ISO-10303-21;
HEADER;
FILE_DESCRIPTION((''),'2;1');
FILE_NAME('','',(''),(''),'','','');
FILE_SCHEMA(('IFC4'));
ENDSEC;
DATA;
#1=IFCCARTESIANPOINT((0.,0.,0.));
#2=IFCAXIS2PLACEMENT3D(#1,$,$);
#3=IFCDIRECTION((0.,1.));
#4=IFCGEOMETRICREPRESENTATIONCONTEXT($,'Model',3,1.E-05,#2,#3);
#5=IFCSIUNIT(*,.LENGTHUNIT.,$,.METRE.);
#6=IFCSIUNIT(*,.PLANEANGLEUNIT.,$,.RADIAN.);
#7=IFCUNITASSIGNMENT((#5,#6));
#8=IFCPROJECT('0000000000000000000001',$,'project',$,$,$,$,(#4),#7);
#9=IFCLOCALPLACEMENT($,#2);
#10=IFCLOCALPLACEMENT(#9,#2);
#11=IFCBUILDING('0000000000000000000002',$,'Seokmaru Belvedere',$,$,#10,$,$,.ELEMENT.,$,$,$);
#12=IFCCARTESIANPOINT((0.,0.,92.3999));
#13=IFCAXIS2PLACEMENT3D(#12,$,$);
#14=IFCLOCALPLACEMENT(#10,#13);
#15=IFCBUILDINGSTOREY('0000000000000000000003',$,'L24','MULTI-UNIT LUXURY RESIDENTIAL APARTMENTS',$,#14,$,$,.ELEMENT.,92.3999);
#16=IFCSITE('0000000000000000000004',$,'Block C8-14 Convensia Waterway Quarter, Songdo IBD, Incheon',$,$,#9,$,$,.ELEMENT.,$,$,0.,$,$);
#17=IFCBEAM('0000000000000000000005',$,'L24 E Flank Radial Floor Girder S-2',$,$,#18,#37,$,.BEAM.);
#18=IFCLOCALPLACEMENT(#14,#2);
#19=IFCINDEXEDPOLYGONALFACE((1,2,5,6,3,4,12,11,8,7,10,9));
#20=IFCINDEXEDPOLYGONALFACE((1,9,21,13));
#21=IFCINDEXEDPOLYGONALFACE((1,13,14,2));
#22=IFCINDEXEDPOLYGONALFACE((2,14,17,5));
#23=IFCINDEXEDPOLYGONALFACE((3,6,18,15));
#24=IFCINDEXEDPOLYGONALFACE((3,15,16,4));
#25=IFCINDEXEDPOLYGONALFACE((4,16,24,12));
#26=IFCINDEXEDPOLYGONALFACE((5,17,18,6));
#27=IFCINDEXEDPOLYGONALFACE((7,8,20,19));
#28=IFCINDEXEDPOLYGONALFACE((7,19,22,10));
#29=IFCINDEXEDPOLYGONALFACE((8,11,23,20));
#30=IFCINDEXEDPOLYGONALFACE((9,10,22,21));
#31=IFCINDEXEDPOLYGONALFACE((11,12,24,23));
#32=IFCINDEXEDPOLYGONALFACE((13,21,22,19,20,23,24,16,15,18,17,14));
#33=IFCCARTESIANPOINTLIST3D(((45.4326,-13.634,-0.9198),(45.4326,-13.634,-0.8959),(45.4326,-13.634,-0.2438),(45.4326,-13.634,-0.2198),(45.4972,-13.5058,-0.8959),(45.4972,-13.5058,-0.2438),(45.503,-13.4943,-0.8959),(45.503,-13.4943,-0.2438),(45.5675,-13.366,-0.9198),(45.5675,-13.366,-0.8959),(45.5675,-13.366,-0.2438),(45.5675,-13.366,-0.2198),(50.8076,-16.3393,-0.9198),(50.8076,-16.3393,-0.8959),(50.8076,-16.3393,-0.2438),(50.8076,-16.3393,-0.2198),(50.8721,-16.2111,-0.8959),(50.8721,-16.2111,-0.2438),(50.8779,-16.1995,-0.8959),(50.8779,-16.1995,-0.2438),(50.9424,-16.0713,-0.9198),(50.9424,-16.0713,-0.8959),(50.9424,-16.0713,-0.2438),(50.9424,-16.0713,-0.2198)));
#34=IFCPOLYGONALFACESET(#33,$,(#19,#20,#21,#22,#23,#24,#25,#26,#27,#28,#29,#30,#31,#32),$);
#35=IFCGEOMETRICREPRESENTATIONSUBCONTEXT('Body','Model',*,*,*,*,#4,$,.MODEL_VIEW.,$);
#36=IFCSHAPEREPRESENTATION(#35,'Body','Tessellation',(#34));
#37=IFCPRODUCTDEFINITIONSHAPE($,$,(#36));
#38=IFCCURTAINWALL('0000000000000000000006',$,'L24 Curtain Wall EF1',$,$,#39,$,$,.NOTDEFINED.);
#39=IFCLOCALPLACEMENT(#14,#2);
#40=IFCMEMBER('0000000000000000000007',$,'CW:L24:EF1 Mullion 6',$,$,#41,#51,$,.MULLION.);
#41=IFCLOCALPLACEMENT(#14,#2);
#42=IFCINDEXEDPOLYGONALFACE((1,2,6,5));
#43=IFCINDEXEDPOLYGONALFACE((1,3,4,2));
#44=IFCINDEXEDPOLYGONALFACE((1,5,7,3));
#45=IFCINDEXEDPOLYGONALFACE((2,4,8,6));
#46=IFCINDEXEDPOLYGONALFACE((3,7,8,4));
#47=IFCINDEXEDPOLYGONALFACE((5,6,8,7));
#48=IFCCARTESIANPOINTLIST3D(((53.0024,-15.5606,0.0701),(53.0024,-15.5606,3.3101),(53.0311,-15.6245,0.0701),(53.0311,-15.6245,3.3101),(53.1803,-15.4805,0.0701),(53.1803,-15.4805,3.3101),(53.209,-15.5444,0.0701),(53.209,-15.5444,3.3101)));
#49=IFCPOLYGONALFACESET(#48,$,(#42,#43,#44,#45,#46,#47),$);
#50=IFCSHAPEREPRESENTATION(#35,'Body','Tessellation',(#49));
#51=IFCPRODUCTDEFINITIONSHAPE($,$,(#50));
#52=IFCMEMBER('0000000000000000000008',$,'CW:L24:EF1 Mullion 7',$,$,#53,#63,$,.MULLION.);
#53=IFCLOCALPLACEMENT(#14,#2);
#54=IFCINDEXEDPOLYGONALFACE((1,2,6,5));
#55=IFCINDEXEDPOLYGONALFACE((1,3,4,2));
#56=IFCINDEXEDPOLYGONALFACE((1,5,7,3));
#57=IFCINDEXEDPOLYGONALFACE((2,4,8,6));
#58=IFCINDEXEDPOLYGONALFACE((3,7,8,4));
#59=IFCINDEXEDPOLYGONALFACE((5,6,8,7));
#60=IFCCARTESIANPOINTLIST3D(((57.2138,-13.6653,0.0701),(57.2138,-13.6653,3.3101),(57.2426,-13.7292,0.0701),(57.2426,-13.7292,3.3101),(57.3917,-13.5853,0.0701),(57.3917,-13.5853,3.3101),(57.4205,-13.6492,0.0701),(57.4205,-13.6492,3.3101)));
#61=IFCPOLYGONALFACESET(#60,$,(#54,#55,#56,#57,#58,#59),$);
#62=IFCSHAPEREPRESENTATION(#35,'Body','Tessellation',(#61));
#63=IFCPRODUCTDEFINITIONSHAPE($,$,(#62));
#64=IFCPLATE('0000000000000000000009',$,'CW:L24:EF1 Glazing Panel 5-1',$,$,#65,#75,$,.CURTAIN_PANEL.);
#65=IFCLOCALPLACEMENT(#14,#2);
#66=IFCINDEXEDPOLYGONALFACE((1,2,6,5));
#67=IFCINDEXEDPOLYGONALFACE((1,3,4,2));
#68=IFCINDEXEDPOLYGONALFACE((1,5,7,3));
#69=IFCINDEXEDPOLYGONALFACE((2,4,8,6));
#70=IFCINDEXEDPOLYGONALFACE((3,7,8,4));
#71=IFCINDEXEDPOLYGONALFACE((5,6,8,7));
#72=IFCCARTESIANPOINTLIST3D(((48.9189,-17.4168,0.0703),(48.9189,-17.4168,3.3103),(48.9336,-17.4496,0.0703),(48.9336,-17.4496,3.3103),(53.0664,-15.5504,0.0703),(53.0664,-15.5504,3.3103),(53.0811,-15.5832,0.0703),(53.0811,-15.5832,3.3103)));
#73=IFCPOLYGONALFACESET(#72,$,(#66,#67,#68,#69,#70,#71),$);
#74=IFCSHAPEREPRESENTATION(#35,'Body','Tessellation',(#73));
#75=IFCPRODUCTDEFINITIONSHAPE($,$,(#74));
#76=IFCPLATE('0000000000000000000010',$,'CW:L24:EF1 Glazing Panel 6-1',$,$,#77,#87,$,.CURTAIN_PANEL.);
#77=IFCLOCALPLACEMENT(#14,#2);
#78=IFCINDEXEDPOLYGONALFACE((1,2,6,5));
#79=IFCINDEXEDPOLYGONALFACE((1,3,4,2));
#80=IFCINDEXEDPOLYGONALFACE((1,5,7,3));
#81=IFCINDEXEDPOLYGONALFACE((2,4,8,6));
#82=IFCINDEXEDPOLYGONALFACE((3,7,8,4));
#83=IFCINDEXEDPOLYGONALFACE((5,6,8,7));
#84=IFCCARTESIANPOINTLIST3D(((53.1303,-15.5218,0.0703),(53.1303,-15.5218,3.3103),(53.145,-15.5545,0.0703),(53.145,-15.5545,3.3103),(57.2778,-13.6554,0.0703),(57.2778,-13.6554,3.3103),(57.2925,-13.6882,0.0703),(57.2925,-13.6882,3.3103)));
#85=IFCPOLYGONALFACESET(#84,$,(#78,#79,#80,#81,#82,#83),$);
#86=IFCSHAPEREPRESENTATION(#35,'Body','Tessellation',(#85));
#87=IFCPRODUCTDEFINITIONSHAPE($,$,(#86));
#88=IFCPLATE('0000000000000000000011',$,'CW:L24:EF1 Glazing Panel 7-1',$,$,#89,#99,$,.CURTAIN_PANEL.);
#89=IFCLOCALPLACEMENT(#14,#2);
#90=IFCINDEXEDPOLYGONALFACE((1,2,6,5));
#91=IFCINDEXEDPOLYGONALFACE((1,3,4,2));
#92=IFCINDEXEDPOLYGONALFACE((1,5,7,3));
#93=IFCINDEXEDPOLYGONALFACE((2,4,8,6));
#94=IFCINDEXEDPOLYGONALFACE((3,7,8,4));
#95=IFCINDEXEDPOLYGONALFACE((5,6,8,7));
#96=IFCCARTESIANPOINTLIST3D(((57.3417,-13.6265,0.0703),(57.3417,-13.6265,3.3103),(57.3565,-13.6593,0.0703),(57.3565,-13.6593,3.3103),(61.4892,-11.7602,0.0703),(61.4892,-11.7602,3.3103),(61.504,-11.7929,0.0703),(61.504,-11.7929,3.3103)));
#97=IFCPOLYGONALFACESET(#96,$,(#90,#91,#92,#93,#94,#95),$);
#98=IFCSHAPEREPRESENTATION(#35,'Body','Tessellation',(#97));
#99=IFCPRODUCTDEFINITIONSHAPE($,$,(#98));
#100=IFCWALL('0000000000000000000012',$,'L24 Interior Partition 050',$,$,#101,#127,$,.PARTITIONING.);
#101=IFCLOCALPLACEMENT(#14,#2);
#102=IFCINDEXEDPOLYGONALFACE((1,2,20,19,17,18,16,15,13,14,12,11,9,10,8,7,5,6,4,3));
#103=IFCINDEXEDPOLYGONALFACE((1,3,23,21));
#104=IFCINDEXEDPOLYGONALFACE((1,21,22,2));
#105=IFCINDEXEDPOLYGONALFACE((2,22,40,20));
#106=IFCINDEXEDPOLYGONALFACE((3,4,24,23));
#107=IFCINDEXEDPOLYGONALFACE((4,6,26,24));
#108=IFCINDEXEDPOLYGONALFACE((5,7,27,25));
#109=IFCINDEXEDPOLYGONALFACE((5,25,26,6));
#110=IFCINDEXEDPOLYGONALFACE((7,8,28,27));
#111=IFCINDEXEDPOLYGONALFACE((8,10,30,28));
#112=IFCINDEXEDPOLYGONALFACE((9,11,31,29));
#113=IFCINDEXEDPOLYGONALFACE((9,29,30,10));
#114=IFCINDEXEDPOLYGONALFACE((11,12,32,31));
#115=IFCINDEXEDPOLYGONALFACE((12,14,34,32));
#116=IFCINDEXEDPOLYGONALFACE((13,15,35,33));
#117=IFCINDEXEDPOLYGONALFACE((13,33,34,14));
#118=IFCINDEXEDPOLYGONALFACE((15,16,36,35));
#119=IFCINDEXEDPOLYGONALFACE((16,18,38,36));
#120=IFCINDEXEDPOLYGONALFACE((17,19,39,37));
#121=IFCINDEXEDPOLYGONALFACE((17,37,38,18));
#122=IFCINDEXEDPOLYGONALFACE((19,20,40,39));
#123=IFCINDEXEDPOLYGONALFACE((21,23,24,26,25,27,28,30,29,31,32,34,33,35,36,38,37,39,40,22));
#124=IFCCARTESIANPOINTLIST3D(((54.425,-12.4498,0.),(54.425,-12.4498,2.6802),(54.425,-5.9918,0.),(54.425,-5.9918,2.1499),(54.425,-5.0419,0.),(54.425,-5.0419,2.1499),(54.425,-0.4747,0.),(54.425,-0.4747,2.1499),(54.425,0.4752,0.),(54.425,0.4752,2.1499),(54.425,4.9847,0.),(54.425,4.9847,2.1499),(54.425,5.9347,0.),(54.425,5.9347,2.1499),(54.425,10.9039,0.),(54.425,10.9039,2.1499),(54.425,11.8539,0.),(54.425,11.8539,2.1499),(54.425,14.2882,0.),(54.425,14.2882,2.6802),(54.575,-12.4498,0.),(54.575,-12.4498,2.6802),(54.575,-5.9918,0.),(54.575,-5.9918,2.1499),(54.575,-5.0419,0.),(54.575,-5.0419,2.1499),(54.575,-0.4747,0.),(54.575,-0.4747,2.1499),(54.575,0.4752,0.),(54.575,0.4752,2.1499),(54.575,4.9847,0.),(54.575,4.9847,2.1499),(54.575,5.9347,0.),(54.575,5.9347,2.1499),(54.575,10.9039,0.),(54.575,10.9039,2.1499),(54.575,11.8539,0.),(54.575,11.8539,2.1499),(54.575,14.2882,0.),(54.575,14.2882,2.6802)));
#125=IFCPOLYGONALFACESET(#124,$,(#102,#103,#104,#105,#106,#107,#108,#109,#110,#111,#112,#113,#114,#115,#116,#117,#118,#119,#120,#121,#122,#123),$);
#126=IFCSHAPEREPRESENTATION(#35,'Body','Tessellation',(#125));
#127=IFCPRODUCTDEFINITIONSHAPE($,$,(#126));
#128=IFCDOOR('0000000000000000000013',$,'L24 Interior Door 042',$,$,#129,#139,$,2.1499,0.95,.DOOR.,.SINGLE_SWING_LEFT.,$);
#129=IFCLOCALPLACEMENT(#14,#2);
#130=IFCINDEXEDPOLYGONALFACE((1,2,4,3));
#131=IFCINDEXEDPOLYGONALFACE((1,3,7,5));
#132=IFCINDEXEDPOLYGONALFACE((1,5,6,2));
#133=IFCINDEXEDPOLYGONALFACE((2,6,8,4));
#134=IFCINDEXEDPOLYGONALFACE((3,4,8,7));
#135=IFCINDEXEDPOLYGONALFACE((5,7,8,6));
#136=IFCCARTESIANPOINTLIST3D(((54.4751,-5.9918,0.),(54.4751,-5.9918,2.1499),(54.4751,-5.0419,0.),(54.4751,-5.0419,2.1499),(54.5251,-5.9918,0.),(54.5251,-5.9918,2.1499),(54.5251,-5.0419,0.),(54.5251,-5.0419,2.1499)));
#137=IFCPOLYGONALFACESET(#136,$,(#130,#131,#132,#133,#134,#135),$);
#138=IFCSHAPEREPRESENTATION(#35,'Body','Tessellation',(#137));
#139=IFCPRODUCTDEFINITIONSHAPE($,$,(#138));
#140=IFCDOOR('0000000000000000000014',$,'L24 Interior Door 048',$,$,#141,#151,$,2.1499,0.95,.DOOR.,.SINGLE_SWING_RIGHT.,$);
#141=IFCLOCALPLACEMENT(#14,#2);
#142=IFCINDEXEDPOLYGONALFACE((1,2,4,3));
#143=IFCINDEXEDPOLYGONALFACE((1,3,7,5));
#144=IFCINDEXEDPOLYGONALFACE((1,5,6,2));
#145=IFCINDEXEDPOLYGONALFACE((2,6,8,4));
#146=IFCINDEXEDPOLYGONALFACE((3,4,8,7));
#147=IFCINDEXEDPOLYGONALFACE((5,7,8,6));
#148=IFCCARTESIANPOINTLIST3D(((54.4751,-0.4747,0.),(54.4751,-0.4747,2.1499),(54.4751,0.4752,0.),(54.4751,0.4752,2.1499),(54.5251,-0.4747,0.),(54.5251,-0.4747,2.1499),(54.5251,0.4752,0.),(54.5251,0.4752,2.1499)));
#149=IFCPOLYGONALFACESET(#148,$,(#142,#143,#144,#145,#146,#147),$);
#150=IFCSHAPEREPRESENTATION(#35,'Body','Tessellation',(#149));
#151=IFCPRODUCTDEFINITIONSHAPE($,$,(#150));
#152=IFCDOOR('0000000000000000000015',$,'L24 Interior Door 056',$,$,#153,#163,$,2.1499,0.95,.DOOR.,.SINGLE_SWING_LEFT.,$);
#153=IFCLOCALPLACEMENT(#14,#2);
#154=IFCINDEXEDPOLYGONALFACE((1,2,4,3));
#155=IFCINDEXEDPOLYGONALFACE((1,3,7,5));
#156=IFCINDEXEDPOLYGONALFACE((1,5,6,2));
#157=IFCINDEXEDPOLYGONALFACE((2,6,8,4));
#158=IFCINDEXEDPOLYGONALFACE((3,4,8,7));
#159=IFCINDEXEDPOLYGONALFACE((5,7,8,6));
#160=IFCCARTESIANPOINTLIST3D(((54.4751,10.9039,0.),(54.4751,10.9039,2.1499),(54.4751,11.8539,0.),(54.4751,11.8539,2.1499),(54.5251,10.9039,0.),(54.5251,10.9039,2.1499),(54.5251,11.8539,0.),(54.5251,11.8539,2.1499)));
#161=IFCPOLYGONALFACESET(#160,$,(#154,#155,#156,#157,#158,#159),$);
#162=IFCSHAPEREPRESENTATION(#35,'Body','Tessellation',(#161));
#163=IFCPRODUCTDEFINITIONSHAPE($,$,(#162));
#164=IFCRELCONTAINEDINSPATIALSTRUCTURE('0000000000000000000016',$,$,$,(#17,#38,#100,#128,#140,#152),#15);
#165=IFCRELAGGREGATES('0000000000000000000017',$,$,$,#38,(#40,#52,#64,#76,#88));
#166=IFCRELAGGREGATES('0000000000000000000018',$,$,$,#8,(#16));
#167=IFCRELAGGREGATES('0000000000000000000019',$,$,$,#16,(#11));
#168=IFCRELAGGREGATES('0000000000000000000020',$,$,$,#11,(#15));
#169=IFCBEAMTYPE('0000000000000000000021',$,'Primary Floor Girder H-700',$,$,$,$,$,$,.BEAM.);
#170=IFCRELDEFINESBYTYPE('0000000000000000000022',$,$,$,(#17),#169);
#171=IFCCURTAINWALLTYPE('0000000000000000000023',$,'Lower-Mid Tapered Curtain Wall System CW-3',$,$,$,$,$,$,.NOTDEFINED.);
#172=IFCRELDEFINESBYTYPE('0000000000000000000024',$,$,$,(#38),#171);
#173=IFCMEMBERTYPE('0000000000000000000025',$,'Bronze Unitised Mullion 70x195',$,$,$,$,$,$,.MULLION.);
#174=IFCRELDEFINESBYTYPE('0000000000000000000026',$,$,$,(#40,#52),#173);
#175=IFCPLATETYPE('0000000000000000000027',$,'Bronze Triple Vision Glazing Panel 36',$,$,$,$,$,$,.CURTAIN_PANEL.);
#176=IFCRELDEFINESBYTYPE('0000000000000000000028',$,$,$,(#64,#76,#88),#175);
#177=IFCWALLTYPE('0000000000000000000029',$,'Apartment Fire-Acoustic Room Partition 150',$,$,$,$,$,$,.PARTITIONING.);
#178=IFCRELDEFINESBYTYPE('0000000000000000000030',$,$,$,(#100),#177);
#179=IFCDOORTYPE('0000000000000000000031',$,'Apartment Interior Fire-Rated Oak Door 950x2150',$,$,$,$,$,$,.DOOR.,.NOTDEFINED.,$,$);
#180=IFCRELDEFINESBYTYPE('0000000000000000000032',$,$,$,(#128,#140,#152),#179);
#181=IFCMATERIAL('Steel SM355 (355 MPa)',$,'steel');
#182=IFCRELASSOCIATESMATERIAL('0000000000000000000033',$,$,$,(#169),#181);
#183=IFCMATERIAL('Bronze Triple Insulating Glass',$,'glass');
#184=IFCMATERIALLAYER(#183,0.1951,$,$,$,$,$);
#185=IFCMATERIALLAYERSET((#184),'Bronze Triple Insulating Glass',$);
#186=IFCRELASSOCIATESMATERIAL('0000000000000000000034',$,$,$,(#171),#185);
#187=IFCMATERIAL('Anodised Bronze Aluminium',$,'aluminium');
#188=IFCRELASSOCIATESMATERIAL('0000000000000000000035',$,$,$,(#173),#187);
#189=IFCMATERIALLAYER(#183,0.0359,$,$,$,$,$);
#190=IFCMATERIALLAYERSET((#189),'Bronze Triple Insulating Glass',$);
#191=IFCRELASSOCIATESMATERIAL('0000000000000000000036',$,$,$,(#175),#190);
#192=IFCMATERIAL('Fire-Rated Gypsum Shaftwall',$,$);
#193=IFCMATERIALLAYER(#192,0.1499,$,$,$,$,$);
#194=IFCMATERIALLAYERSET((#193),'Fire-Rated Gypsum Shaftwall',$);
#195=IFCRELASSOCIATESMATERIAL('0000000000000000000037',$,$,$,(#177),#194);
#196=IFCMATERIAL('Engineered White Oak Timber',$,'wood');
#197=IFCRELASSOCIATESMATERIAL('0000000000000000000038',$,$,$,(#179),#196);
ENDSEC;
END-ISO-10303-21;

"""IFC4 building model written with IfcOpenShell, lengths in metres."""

from ifc_helpers import new_model, si_unit, direction, frame, frame_2d, origin, origin_2d, place, context, subcontext, project, spatial, rectangle, i_section, extrude, source, transform, mapped, material, layer, layer_set, material_profile, profile_set, type_object, type_shapes, element, fill, aggregate, save


model = new_model("IFC4")

# Units and contexts
model_context = context("Model", 3, precision=1e-05, world=origin(), true_north=direction((0.0, 1.0)))
body_context = subcontext(model_context, "Body", "Model", "MODEL_VIEW")
ifc_project = project(units=[si_unit("LENGTHUNIT", "METRE"), si_unit("PLANEANGLEUNIT", "RADIAN")], contexts=[model_context])

# Site, building, storey
site_placement = place(None, origin())
site = spatial("IfcSite", under=ifc_project, at=site_placement, Name="Block C8-14 Convensia Waterway Quarter, Songdo IBD, Incheon", CompositionType="ELEMENT", RefElevation=0.0)
building_placement = place(site_placement, origin())
building = spatial("IfcBuilding", under=site, at=building_placement, Name="Seokmaru Belvedere", CompositionType="ELEMENT")
storey_placement = place(building_placement, frame((0.0, 0.0, 92.3999)))
storey = spatial("IfcBuildingStorey", under=building, at=storey_placement, Name="L24", Description="MULTI-UNIT LUXURY RESIDENTIAL APARTMENTS", CompositionType="ELEMENT", Elevation=92.3999)

# Shared definitions
ifc_material_1 = material(Name="Steel SM355 (355 MPa)", Category="steel")

# Beam
ifc_material_profile_1 = material_profile(ifc_material_1, i_section(OverallWidth=0.3, OverallDepth=0.7, WebThickness=0.0129, FlangeThickness=0.0239, at=origin_2d()), Name="H-700x300x13x24")
ifc_profile_set_1 = profile_set([ifc_material_profile_1], Name="Steel SM355 (355 MPa)")
beam_type_1 = type_object("IfcBeamType", Name="Primary Floor Girder H-700", PredefinedType="BEAM", material=ifc_profile_set_1)
shared_shape_1 = source(origin(), body_context, "Body", "SweptSolid", [
    extrude(i_section(OverallWidth=0.3, OverallDepth=0.7, WebThickness=0.0129, FlangeThickness=0.0239, at=origin_2d()), origin(), (0.0, 0.0, 1.0), 6.0173),
])
beam_1_placement = place(storey_placement, frame((50.875, -16.2053, -0.5698), z_axis=(-0.893239, 0.449581, 0.0), x_axis=(-0.449581, -0.893239, 0.0)))
element("IfcBeam", 1, at=beam_1_placement, inside=storey, type_object=beam_type_1, Name="L24 E Flank Radial Floor Girder S-2", PredefinedType="BEAM", context=body_context, shape_type="MappedRepresentation", body=[
    mapped(shared_shape_1, transform((0.0, 0.0, 0.0), scale=1.0)),
])

# Curtain wall, members, plates
ifc_material_2 = material(Name="Bronze Triple Insulating Glass", Category="glass")
ifc_layer_1 = layer(ifc_material_2, 0.1951)
ifc_layer_set_1 = layer_set([ifc_layer_1], Name="Bronze Triple Insulating Glass")
curtain_wall_type = type_object("IfcCurtainWallType", Name="Lower-Mid Tapered Curtain Wall System CW-3", PredefinedType="NOTDEFINED", material=ifc_layer_set_1)
curtain_wall_placement = place(storey_placement, origin())
curtain_wall = element("IfcCurtainWall", 2, at=curtain_wall_placement, inside=storey, type_object=curtain_wall_type, Name="L24 Curtain Wall EF1", PredefinedType="NOTDEFINED")
ifc_material_3 = material(Name="Anodised Bronze Aluminium", Category="aluminium")
ifc_material_profile_2 = material_profile(ifc_material_3, rectangle(XDim=0.0701, YDim=0.1951, at=origin_2d()), Name="CW-M-70x195")
ifc_profile_set_2 = profile_set([ifc_material_profile_2], Name="Anodised Bronze Aluminium")
member_type = type_object("IfcMemberType", Name="Bronze Unitised Mullion 70x195", PredefinedType="MULLION", material=ifc_profile_set_2)
shared_shape_2 = source(origin(), body_context, "Body", "SweptSolid", [
    extrude(rectangle(XDim=0.0701, YDim=0.1951, at=origin_2d()), origin(), (0.0, 0.0, 1.0), 3.24),
])
type_shapes(member_type, [shared_shape_2])
member_1_placement = place(storey_placement, frame((53.1057, -15.5525, 0.0701), z_axis=(0.0, 0.0, 1.0), x_axis=(-0.410366, 0.911921, 0.0)))
member_1 = element("IfcMember", 3, at=member_1_placement, type_object=member_type, Name="CW:L24:EF1 Mullion 6", PredefinedType="MULLION", context=body_context, shape_type="MappedRepresentation", body=[
    mapped(shared_shape_2, transform((0.0, 0.0, 0.0), scale=1.0)),
])
member_2_placement = place(storey_placement, frame((57.3171, -13.6572, 0.0701), z_axis=(0.0, 0.0, 1.0), x_axis=(-0.410366, 0.911921, 0.0)))
member_2 = element("IfcMember", 4, at=member_2_placement, type_object=member_type, Name="CW:L24:EF1 Mullion 7", PredefinedType="MULLION", context=body_context, shape_type="MappedRepresentation", body=[
    mapped(shared_shape_2, transform((0.0, 0.0, 0.0), scale=1.0)),
])
ifc_layer_2 = layer(ifc_material_2, 0.0359)
ifc_layer_set_2 = layer_set([ifc_layer_2], Name="Bronze Triple Insulating Glass")
plate_type = type_object("IfcPlateType", Name="Bronze Triple Vision Glazing Panel 36", PredefinedType="CURTAIN_PANEL", material=ifc_layer_set_2)
shared_shape_3 = source(origin(), body_context, "Body", "SweptSolid", [
    extrude(rectangle(XDim=4.5481, YDim=0.0359, at=origin_2d()), origin(), (0.0, 0.0, 1.0), 3.24),
])
type_shapes(plate_type, [shared_shape_3])
plate_1_placement = place(storey_placement, frame((51.0, -16.5, 0.0703), z_axis=(0.0, 0.0, 1.0), x_axis=(0.911921, 0.410366, 0.0)))
plate_1 = element("IfcPlate", 5, at=plate_1_placement, type_object=plate_type, Name="CW:L24:EF1 Glazing Panel 5-1", PredefinedType="CURTAIN_PANEL", context=body_context, shape_type="MappedRepresentation", body=[
    mapped(shared_shape_3, transform((0.0, 0.0, 0.0), scale=1.0)),
])
plate_2_placement = place(storey_placement, frame((55.2114, -14.605, 0.0703), z_axis=(0.0, 0.0, 1.0), x_axis=(0.911921, 0.410366, 0.0)))
plate_2 = element("IfcPlate", 6, at=plate_2_placement, type_object=plate_type, Name="CW:L24:EF1 Glazing Panel 6-1", PredefinedType="CURTAIN_PANEL", context=body_context, shape_type="MappedRepresentation", body=[
    mapped(shared_shape_3, transform((0.0, 0.0, 0.0), scale=1.0)),
])
plate_3_placement = place(storey_placement, frame((59.4229, -12.7097, 0.0703), z_axis=(0.0, 0.0, 1.0), x_axis=(0.911921, 0.410366, 0.0)))
plate_3 = element("IfcPlate", 7, at=plate_3_placement, type_object=plate_type, Name="CW:L24:EF1 Glazing Panel 7-1", PredefinedType="CURTAIN_PANEL", context=body_context, shape_type="MappedRepresentation", body=[
    mapped(shared_shape_3, transform((0.0, 0.0, 0.0), scale=1.0)),
])
aggregate(curtain_wall, [member_1, member_2, plate_1, plate_2, plate_3])

# Wall, openings, doors
ifc_material_4 = material(Name="Fire-Rated Gypsum Shaftwall")
ifc_layer_3 = layer(ifc_material_4, 0.1499)
ifc_layer_set_3 = layer_set([ifc_layer_3], Name="Fire-Rated Gypsum Shaftwall")
wall_type = type_object("IfcWallType", Name="Apartment Fire-Acoustic Room Partition 150", PredefinedType="PARTITIONING", material=ifc_layer_set_3)
wall_1_placement = place(storey_placement, frame((54.5, -12.45, 0.0), z_axis=(0.0, 0.0, 1.0), x_axis=(0.0, 1.0, 0.0)))
wall_1 = element("IfcWall", 8, at=wall_1_placement, inside=storey, type_object=wall_type, Name="L24 Interior Partition 050", PredefinedType="PARTITIONING", context=body_context, shape_type="SweptSolid", body=[
    extrude(rectangle(XDim=26.738, YDim=0.1499, at=frame_2d((13.3691, 0.0))), origin(), (0.0, 0.0, 1.0), 2.6802),
])
opening_1_placement = place(wall_1_placement, frame((6.458, 0.0, 0.0)))
opening_1 = element("IfcOpeningElement", 9, at=opening_1_placement, cuts=wall_1, PredefinedType="OPENING", context=body_context, shape_type="SweptSolid", body=[
    extrude(rectangle(XDim=0.95, YDim=2.1499, at=frame_2d((0.4751, 1.075))), frame((0.0, 0.085, 0.0), z_axis=(0.0, -1.0, 0.0), x_axis=(1.0, 0.0, 0.0)), (0.0, 0.0, 1.0), 0.1699),
])
opening_2_placement = place(wall_1_placement, frame((11.9751, 0.0, 0.0)))
opening_2 = element("IfcOpeningElement", 10, at=opening_2_placement, cuts=wall_1, PredefinedType="OPENING", context=body_context, shape_type="SweptSolid", body=[
    extrude(rectangle(XDim=0.95, YDim=2.1499, at=frame_2d((0.4751, 1.075))), frame((0.0, 0.085, 0.0), z_axis=(0.0, -1.0, 0.0), x_axis=(1.0, 0.0, 0.0)), (0.0, 0.0, 1.0), 0.1699),
])
opening_3_placement = place(wall_1_placement, frame((23.3538, 0.0, 0.0)))
opening_3 = element("IfcOpeningElement", 11, at=opening_3_placement, cuts=wall_1, PredefinedType="OPENING", context=body_context, shape_type="SweptSolid", body=[
    extrude(rectangle(XDim=0.95, YDim=2.1499, at=frame_2d((0.4751, 1.075))), frame((0.0, 0.085, 0.0), z_axis=(0.0, -1.0, 0.0), x_axis=(1.0, 0.0, 0.0)), (0.0, 0.0, 1.0), 0.1699),
])
opening_4_placement = place(wall_1_placement, frame((17.4346, 0.0, 0.0)))
element("IfcOpeningElement", 12, at=opening_4_placement, cuts=wall_1, PredefinedType="OPENING", context=body_context, shape_type="SweptSolid", body=[
    extrude(rectangle(XDim=0.95, YDim=2.1499, at=frame_2d((0.4751, 1.075))), frame((0.0, 0.085, 0.0), z_axis=(0.0, -1.0, 0.0), x_axis=(1.0, 0.0, 0.0)), (0.0, 0.0, 1.0), 0.1699),
])
ifc_material_5 = material(Name="Engineered White Oak Timber", Category="wood")
door_type = type_object("IfcDoorType", Name="Apartment Interior Fire-Rated Oak Door 950x2150", OperationType="NOTDEFINED", PredefinedType="DOOR", material=ifc_material_5)
shared_shape_4 = source(origin(), body_context, "Body", "SweptSolid", [
    extrude(rectangle(XDim=0.95, YDim=2.1499, at=frame_2d((0.4751, 1.075))), frame((0.0, 0.0249, 0.0), z_axis=(0.0, -1.0, 0.0), x_axis=(1.0, 0.0, 0.0)), (0.0, 0.0, 1.0), 0.05),
])
type_shapes(door_type, [shared_shape_4])
door_1_placement = place(opening_1_placement, origin())
door_1 = element("IfcDoor", 13, at=door_1_placement, inside=storey, type_object=door_type, Name="L24 Interior Door 042", OperationType="SINGLE_SWING_LEFT", OverallHeight=2.1499, OverallWidth=0.95, PredefinedType="DOOR", context=body_context, shape_type="MappedRepresentation", body=[
    mapped(shared_shape_4, transform((0.0, 0.0, 0.0), scale=1.0)),
])
fill(opening_1, door_1)
door_2_placement = place(opening_2_placement, origin())
door_2 = element("IfcDoor", 14, at=door_2_placement, inside=storey, type_object=door_type, Name="L24 Interior Door 048", OperationType="SINGLE_SWING_RIGHT", OverallHeight=2.1499, OverallWidth=0.95, PredefinedType="DOOR", context=body_context, shape_type="MappedRepresentation", body=[
    mapped(shared_shape_4, transform((0.0, 0.0, 0.0), scale=1.0)),
])
fill(opening_2, door_2)
door_3_placement = place(opening_3_placement, origin())
door_3 = element("IfcDoor", 15, at=door_3_placement, inside=storey, type_object=door_type, Name="L24 Interior Door 056", OperationType="SINGLE_SWING_LEFT", OverallHeight=2.1499, OverallWidth=0.95, PredefinedType="DOOR", context=body_context, shape_type="MappedRepresentation", body=[
    mapped(shared_shape_4, transform((0.0, 0.0, 0.0), scale=1.0)),
])
fill(opening_3, door_3)

save(model, "model.ifc")
